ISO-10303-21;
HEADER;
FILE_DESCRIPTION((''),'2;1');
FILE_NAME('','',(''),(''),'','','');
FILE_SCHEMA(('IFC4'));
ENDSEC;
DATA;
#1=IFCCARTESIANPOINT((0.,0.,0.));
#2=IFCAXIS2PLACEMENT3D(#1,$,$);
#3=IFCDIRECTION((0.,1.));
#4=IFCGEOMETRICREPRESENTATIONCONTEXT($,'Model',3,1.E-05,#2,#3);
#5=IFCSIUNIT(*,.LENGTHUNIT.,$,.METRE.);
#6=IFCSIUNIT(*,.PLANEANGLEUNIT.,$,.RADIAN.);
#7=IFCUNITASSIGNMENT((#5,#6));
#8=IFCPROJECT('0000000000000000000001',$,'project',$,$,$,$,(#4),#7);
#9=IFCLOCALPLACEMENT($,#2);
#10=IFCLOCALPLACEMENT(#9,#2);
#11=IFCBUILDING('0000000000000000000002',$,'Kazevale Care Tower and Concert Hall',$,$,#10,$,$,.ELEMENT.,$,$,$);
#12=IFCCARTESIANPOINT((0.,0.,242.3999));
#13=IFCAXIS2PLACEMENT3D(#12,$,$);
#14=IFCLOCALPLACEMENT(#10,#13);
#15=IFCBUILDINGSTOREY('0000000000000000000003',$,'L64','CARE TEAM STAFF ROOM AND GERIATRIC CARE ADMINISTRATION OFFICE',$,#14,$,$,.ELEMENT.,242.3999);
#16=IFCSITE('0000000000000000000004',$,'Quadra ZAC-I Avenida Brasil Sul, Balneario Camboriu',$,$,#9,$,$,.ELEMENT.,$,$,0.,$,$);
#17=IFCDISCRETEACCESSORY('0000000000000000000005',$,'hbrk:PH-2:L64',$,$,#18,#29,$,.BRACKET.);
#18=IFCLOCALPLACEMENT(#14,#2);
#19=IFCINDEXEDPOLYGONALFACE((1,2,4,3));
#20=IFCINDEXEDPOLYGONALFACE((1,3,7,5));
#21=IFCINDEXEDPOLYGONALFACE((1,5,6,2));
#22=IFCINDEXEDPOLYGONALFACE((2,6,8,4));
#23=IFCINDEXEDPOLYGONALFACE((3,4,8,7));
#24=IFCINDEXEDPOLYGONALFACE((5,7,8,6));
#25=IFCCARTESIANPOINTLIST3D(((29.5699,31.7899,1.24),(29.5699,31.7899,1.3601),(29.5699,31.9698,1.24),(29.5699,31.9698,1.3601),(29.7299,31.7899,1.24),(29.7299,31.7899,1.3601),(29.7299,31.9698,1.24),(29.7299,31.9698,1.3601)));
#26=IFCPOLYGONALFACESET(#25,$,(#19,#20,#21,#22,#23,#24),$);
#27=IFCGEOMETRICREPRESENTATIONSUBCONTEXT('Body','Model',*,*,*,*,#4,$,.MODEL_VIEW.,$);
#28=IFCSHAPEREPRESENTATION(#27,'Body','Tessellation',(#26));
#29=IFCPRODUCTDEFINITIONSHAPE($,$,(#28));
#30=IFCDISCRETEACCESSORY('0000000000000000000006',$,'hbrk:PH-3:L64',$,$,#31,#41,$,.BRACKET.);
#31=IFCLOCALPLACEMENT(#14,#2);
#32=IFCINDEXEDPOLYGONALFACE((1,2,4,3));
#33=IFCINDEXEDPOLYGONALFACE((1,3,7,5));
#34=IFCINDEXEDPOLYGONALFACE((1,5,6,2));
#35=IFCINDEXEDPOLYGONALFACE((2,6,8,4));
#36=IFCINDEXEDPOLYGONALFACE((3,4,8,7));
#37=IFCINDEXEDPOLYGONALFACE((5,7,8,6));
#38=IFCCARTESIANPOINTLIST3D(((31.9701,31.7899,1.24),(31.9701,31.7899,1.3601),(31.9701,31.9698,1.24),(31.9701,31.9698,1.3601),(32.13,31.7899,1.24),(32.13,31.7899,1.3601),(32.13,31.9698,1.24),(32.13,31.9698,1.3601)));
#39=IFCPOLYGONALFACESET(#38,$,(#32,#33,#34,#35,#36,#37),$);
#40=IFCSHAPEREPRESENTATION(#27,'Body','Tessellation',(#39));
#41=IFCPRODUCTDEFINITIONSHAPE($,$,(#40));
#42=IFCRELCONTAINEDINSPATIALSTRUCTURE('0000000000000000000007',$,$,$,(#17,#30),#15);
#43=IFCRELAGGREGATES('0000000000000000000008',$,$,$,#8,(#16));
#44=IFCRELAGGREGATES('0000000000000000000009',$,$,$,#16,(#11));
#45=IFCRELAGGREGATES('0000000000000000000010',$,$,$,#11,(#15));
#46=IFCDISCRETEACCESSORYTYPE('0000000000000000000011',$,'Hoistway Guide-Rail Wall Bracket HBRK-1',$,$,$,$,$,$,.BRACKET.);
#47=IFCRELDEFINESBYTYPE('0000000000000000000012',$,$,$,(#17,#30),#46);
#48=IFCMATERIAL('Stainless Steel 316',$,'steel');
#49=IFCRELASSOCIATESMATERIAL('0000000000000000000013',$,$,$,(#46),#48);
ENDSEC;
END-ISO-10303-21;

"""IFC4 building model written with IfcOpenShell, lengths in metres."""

from ifc_helpers import new_model, si_unit, direction, frame, origin, origin_2d, place, context, subcontext, project, spatial, rectangle, extrude, material, type_object, element, save


model = new_model("IFC4")

# Units and contexts
model_context = context("Model", 3, precision=1e-05, world=origin(), true_north=direction((0.0, 1.0)))
body_context = subcontext(model_context, "Body", "Model", "MODEL_VIEW")
ifc_project = project(units=[si_unit("LENGTHUNIT", "METRE"), si_unit("PLANEANGLEUNIT", "RADIAN")], contexts=[model_context])

# Site, building, storey
site_placement = place(None, origin())
site = spatial("IfcSite", under=ifc_project, at=site_placement, Name="Quadra ZAC-I Avenida Brasil Sul, Balneario Camboriu", CompositionType="ELEMENT", RefElevation=0.0)
building_placement = place(site_placement, origin())
building = spatial("IfcBuilding", under=site, at=building_placement, Name="Kazevale Care Tower and Concert Hall", CompositionType="ELEMENT")
storey_placement = place(building_placement, frame((0.0, 0.0, 242.3999)))
storey = spatial("IfcBuildingStorey", under=building, at=storey_placement, Name="L64", Description="CARE TEAM STAFF ROOM AND GERIATRIC CARE ADMINISTRATION OFFICE", CompositionType="ELEMENT", Elevation=242.3999)

# Shared definitions
ifc_material_1 = material(Name="Stainless Steel 316", Category="steel")

# Discrete accessories
discrete_accessory_type = type_object("IfcDiscreteAccessoryType", Name="Hoistway Guide-Rail Wall Bracket HBRK-1", PredefinedType="BRACKET", material=ifc_material_1)
for number, where, z_axis, x_axis, name in (
    (1, (29.6499, 31.8799, 1.24), (0.0, 0.0, 1.0), (1.0, 0.0, 0.0), "hbrk:PH-2:L64"),
    (2, (32.05, 31.8799, 1.24), (0.0, 0.0, 1.0), (1.0, 0.0, 0.0), "hbrk:PH-3:L64"),
):
    element("IfcDiscreteAccessory", number, at=place(storey_placement, frame(where, z_axis=z_axis, x_axis=x_axis)), inside=storey, type_object=discrete_accessory_type, Name=name, PredefinedType="BRACKET", context=body_context, shape_type="SweptSolid", body=[
        extrude(rectangle(XDim=0.1599, YDim=0.1799, at=origin_2d()), origin(), (0.0, 0.0, 1.0), 0.1201),
    ])

save(model, "model.ifc")
